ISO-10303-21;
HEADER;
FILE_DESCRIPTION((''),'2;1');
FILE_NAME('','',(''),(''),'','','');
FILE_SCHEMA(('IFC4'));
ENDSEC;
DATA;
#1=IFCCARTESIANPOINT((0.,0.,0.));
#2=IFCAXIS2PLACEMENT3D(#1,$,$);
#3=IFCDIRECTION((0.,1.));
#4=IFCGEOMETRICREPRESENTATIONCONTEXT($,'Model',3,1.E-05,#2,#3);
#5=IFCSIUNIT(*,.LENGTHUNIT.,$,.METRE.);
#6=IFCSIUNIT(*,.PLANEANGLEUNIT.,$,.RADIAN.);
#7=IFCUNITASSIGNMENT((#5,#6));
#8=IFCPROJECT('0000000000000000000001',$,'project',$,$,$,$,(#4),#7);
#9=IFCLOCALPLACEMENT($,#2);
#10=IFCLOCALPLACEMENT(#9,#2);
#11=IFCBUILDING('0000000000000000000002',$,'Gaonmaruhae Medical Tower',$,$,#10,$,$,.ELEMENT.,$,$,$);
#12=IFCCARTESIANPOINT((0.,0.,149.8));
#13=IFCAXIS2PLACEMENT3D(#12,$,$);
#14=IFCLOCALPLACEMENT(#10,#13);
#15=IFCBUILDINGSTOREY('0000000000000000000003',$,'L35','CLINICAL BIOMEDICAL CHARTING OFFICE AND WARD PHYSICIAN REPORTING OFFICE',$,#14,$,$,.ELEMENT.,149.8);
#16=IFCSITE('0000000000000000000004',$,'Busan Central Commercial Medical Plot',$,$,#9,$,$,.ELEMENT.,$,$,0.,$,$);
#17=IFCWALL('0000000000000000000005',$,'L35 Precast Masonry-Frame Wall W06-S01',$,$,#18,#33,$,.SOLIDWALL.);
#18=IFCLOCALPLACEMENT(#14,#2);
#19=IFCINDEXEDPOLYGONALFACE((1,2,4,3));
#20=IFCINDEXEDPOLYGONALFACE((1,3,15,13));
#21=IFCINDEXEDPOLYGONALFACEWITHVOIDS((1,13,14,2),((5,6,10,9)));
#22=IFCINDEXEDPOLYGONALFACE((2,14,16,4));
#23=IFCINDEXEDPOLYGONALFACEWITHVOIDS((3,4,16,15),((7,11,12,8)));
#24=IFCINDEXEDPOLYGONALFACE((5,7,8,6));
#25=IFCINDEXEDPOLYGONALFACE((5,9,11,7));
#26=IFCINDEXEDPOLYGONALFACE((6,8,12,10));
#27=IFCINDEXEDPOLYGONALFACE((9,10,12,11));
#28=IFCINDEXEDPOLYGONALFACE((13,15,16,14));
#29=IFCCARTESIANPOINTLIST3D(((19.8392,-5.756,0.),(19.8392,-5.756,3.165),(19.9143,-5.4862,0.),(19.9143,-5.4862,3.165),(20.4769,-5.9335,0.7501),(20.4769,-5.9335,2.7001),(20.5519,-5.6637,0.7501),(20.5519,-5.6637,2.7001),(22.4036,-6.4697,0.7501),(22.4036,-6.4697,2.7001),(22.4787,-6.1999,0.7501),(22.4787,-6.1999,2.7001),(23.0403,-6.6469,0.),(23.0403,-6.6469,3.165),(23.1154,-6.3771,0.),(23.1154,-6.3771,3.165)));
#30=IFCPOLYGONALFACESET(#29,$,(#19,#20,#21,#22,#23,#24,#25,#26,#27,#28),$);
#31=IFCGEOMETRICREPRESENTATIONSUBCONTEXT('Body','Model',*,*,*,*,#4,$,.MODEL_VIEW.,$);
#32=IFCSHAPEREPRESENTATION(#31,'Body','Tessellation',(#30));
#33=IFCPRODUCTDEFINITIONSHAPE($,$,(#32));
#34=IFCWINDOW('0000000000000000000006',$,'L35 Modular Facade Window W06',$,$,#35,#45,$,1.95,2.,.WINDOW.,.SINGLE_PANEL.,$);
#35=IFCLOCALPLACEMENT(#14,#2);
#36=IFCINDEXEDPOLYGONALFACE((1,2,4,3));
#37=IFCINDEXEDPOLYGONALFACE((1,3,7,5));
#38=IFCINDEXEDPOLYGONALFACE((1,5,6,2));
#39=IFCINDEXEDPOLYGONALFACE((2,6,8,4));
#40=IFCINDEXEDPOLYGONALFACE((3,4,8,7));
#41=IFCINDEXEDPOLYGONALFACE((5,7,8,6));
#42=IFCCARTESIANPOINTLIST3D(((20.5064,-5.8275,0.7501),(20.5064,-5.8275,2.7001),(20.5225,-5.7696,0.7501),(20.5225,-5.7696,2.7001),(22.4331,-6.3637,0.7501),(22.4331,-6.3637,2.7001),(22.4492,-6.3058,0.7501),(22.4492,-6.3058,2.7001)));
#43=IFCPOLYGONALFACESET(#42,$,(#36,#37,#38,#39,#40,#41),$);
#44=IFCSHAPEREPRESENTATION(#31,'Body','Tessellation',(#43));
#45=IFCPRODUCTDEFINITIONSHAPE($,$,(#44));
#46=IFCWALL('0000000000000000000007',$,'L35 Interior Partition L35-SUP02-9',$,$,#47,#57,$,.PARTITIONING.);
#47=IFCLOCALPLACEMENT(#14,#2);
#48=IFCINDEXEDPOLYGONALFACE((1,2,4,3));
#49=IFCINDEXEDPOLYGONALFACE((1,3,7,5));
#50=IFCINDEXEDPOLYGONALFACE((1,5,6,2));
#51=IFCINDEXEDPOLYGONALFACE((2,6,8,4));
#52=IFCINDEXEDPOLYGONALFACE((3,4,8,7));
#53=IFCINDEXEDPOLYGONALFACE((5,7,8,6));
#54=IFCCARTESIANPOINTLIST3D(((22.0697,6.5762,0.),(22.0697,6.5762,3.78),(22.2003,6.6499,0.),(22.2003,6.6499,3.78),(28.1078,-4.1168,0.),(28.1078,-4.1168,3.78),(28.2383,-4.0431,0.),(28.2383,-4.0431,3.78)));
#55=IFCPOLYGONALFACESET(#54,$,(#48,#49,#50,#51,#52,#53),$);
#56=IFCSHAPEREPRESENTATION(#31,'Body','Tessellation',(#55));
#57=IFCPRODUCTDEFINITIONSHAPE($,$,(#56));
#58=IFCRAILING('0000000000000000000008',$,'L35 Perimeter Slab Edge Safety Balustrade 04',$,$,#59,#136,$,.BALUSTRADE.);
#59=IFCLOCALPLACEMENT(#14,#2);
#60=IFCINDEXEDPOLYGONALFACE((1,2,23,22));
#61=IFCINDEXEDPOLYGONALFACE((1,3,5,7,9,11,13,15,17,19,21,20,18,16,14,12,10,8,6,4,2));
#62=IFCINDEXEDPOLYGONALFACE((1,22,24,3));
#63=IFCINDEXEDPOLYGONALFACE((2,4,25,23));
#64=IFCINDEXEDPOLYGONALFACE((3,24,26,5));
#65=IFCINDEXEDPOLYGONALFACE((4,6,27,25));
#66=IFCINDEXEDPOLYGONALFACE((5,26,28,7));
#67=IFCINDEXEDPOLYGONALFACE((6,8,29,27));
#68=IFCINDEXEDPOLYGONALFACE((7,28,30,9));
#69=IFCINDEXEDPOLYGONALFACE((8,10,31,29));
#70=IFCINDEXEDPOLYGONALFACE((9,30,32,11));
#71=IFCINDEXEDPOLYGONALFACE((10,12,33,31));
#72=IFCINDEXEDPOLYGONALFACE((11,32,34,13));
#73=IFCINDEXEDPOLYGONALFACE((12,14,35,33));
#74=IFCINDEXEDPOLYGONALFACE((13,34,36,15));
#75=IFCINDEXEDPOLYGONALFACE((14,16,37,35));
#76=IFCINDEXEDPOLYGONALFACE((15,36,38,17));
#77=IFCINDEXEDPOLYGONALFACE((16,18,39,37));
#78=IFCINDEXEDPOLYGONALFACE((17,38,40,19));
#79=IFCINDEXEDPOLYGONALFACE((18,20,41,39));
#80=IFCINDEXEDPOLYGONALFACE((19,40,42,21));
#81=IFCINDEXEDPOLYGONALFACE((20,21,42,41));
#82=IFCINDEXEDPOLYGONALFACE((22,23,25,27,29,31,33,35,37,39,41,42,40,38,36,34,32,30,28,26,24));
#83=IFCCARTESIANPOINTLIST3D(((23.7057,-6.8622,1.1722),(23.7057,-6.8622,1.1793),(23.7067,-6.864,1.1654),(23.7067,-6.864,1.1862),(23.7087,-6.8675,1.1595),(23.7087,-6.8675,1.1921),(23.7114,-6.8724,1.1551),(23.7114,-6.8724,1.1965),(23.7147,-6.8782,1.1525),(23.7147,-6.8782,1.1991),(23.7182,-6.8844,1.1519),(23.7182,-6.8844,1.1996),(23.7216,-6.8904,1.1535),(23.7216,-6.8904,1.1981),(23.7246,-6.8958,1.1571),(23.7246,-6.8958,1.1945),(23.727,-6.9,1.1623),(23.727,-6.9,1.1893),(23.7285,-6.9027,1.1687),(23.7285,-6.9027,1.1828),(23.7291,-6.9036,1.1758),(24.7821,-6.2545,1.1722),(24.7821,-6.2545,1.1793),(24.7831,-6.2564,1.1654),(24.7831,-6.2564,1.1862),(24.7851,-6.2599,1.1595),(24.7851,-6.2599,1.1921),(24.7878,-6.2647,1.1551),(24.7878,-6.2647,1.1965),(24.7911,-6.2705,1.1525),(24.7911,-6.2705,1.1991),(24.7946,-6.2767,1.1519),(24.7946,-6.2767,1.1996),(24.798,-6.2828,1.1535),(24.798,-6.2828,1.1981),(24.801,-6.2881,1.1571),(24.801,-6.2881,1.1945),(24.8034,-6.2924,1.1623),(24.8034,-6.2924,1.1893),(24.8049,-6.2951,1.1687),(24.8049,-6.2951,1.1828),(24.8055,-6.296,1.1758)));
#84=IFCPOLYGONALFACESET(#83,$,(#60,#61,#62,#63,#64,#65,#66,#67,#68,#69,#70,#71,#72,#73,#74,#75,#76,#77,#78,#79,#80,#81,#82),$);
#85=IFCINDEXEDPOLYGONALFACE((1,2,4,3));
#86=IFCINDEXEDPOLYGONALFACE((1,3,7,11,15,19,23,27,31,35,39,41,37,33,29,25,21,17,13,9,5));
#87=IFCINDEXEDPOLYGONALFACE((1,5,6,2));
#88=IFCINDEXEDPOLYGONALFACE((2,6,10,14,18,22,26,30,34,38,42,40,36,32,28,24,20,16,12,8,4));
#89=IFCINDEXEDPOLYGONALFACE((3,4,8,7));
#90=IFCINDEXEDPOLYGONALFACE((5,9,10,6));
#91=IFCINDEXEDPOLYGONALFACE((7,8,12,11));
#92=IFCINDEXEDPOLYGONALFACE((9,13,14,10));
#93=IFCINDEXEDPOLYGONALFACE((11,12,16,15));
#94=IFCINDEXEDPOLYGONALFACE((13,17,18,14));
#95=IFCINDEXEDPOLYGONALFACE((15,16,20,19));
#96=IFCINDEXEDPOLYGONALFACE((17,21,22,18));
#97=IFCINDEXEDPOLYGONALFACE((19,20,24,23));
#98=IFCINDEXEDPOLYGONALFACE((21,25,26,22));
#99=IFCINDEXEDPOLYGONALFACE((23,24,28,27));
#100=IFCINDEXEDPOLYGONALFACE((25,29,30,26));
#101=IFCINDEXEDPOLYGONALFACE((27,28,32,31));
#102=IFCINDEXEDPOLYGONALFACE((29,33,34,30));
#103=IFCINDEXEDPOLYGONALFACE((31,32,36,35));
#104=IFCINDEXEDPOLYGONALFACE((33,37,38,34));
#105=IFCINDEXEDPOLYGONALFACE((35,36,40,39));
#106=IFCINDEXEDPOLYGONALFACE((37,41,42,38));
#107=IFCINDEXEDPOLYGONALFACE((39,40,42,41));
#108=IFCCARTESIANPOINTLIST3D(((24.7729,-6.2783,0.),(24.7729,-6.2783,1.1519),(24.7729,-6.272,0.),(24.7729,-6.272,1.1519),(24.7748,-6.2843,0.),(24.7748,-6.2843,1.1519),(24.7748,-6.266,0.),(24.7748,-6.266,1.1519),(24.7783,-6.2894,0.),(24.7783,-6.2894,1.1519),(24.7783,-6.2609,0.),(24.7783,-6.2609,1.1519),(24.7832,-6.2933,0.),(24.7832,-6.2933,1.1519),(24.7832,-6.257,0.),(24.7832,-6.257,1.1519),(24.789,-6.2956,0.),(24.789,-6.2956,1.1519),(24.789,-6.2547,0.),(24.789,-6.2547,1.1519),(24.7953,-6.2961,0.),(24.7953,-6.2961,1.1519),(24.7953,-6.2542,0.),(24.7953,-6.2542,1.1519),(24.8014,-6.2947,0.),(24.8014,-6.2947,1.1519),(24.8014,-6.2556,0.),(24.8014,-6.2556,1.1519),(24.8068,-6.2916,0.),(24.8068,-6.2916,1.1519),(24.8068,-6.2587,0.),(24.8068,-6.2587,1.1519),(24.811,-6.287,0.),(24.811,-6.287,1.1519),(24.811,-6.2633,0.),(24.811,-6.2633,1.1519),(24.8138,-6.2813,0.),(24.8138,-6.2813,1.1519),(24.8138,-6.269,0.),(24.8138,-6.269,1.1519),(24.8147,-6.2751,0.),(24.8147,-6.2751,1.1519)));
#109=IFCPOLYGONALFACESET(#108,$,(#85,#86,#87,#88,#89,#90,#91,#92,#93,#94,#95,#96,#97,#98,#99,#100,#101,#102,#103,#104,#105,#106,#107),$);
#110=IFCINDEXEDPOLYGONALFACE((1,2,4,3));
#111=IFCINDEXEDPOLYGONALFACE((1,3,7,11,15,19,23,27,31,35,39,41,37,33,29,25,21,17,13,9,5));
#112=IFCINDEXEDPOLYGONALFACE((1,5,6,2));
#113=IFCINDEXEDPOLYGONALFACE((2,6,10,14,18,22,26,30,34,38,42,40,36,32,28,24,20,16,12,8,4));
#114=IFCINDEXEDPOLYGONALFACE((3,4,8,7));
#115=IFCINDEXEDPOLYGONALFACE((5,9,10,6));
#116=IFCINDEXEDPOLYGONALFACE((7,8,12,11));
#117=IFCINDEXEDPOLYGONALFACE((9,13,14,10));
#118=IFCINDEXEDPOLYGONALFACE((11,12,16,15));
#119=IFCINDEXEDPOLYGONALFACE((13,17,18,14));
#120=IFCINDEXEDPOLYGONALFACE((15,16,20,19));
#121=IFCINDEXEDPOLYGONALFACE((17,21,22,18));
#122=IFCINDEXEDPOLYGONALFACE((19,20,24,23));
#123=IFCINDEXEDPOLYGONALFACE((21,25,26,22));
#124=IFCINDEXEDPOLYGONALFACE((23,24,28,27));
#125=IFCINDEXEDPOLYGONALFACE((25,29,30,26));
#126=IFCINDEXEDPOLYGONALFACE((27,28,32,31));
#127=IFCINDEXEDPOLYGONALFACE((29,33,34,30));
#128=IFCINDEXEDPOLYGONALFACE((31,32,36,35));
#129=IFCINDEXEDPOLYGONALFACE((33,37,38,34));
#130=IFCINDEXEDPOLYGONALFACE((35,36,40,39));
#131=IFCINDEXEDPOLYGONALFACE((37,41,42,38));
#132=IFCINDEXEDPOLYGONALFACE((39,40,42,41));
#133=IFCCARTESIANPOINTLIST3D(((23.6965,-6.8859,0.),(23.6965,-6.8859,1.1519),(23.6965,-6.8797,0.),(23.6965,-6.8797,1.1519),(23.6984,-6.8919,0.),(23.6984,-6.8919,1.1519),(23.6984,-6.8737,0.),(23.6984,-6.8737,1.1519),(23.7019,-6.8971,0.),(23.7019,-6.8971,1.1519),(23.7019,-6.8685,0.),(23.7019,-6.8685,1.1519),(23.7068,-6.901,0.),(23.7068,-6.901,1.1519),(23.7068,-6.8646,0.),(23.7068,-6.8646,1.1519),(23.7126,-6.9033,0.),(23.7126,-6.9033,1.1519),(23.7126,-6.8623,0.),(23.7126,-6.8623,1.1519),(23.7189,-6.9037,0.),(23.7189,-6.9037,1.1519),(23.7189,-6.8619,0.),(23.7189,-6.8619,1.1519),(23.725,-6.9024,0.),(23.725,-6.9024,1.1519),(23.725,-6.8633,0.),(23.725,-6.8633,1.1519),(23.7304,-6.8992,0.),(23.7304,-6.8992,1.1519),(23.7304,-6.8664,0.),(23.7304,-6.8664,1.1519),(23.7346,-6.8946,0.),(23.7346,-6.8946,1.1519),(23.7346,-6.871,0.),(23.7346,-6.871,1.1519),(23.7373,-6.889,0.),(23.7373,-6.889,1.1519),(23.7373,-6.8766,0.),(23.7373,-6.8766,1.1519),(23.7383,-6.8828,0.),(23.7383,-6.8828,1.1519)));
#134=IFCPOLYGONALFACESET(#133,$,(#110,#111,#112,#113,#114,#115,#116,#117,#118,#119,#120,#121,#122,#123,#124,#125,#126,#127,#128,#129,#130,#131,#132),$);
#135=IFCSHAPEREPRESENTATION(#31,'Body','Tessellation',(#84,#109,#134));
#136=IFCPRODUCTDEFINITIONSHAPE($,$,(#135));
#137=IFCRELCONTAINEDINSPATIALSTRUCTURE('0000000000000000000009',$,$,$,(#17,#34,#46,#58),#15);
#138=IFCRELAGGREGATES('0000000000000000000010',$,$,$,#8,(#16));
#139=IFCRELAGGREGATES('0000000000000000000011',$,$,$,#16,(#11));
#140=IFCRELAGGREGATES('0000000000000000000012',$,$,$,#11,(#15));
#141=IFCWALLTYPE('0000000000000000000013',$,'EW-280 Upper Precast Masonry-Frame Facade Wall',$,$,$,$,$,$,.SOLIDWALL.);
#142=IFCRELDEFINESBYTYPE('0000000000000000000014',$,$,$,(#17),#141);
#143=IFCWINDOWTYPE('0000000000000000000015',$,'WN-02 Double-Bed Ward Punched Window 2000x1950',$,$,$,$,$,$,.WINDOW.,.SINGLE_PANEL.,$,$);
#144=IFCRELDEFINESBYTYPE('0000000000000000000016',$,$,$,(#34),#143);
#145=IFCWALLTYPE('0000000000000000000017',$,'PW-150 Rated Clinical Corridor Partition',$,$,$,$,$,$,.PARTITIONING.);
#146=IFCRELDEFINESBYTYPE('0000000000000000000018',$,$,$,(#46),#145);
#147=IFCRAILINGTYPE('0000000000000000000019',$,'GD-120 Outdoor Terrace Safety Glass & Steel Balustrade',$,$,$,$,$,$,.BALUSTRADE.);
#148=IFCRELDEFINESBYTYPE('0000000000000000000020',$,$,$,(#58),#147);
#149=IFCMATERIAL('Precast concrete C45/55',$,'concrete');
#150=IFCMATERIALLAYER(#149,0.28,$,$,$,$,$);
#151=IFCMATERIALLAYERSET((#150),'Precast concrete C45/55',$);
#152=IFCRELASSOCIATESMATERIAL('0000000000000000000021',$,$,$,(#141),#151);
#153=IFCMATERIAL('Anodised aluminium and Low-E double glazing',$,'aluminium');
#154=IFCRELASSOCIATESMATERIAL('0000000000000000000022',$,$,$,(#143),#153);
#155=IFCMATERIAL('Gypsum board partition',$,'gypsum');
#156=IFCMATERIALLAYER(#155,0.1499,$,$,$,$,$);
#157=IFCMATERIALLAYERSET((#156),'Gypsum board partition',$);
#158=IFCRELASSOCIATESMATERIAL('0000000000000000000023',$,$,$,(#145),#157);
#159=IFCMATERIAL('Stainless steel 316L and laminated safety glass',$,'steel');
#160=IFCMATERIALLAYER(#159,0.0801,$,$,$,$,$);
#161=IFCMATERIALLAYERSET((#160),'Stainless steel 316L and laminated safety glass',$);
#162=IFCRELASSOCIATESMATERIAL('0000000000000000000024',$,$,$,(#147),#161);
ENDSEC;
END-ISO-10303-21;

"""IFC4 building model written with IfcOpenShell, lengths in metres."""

from ifc_helpers import new_model, si_unit, direction, frame, frame_2d, origin, origin_2d, place, context, subcontext, project, spatial, rectangle, circle, extrude, material, layer, layer_set, type_object, element, fill, save


model = new_model("IFC4")

# Units and contexts
model_context = context("Model", 3, precision=1e-05, world=origin(), true_north=direction((0.0, 1.0)))
body_context = subcontext(model_context, "Body", "Model", "MODEL_VIEW")
ifc_project = project(units=[si_unit("LENGTHUNIT", "METRE"), si_unit("PLANEANGLEUNIT", "RADIAN")], contexts=[model_context])

# Site, building, storey
site_placement = place(None, origin())
site = spatial("IfcSite", under=ifc_project, at=site_placement, Name="Busan Central Commercial Medical Plot", CompositionType="ELEMENT", RefElevation=0.0)
building_placement = place(site_placement, origin())
building = spatial("IfcBuilding", under=site, at=building_placement, Name="Gaonmaruhae Medical Tower", CompositionType="ELEMENT")
storey_placement = place(building_placement, frame((0.0, 0.0, 149.8)))
storey = spatial("IfcBuildingStorey", under=building, at=storey_placement, Name="L35", Description="CLINICAL BIOMEDICAL CHARTING OFFICE AND WARD PHYSICIAN REPORTING OFFICE", CompositionType="ELEMENT", Elevation=149.8)

# Shared definitions
ifc_material_1 = material(Name="Anodised aluminium and Low-E double glazing", Category="aluminium")

# Wall, opening, window
ifc_material_2 = material(Name="Precast concrete C45/55", Category="concrete")
ifc_layer_1 = layer(ifc_material_2, 0.28)
ifc_layer_set_1 = layer_set([ifc_layer_1], Name="Precast concrete C45/55")
wall_type_1 = type_object("IfcWallType", Name="EW-280 Upper Precast Masonry-Frame Facade Wall", PredefinedType="SOLIDWALL", material=ifc_layer_set_1)
wall_1_placement = place(storey_placement, frame((23.0779, -6.512, 0.0), z_axis=(0.0, 0.0, 1.0), x_axis=(-0.963389, 0.268106, 0.0)))
wall_1 = element("IfcWall", 1, at=wall_1_placement, inside=storey, type_object=wall_type_1, Name="L35 Precast Masonry-Frame Wall W06-S01", PredefinedType="SOLIDWALL", context=body_context, shape_type="SweptSolid", body=[
    extrude(rectangle(XDim=3.3228, YDim=0.28, at=frame_2d((1.6614, 0.0))), origin(), (0.0, 0.0, 1.0), 3.165),
])
opening_placement = place(wall_1_placement, frame((0.6609, 0.0, 0.75)))
opening = element("IfcOpeningElement", 2, at=opening_placement, cuts=wall_1, PredefinedType="OPENING", context=body_context, shape_type="SweptSolid", body=[
    extrude(rectangle(XDim=2.0, YDim=1.95, at=frame_2d((1.0, 0.9751))), frame((0.0, 0.1499, 0.0), z_axis=(0.0, -1.0, 0.0), x_axis=(1.0, 0.0, 0.0)), (0.0, 0.0, 1.0), 0.3),
])
window_type = type_object("IfcWindowType", Name="WN-02 Double-Bed Ward Punched Window 2000x1950", PartitioningType="SINGLE_PANEL", PredefinedType="WINDOW", material=ifc_material_1)
window_placement = place(opening_placement, origin())
window = element("IfcWindow", 3, at=window_placement, inside=storey, type_object=window_type, Name="L35 Modular Facade Window W06", OverallHeight=1.95, OverallWidth=2.0, PartitioningType="SINGLE_PANEL", PredefinedType="WINDOW", context=body_context, shape_type="SweptSolid", body=[
    extrude(rectangle(XDim=2.0, YDim=1.95, at=frame_2d((1.0, 0.9751))), frame((0.0, 0.03, 0.0), z_axis=(0.0, -1.0, 0.0), x_axis=(1.0, 0.0, 0.0)), (0.0, 0.0, 1.0), 0.0601),
])
fill(opening, window)

# Wall
ifc_material_3 = material(Name="Gypsum board partition", Category="gypsum")
ifc_layer_2 = layer(ifc_material_3, 0.1499)
ifc_layer_set_2 = layer_set([ifc_layer_2], Name="Gypsum board partition")
wall_type_2 = type_object("IfcWallType", Name="PW-150 Rated Clinical Corridor Partition", PredefinedType="PARTITIONING", material=ifc_layer_set_2)
wall_2_placement = place(storey_placement, frame((28.1731, -4.0801, 0.0), z_axis=(0.0, 0.0, 1.0), x_axis=(-0.491696, 0.870767, 0.0)))
element("IfcWall", 4, at=wall_2_placement, inside=storey, type_object=wall_type_2, Name="L35 Interior Partition L35-SUP02-9", PredefinedType="PARTITIONING", context=body_context, shape_type="SweptSolid", body=[
    extrude(rectangle(XDim=12.28, YDim=0.1499, at=frame_2d((6.1401, 0.0))), origin(), (0.0, 0.0, 1.0), 3.78),
])

# Railing
ifc_material_4 = material(Name="Stainless steel 316L and laminated safety glass", Category="steel")
ifc_layer_3 = layer(ifc_material_4, 0.0801)
ifc_layer_set_3 = layer_set([ifc_layer_3], Name="Stainless steel 316L and laminated safety glass")
railing_type = type_object("IfcRailingType", Name="GD-120 Outdoor Terrace Safety Glass & Steel Balustrade", PredefinedType="BALUSTRADE", material=ifc_layer_set_3)
railing_1_placement = place(storey_placement, frame((24.7937, -6.2751, 0.0)))
element("IfcRailing", 5, at=railing_1_placement, inside=storey, type_object=railing_type, Name="L35 Perimeter Slab Edge Safety Balustrade 04", PredefinedType="BALUSTRADE", context=body_context, shape_type="SweptSolid", body=[
    extrude(circle(Radius=0.0239, at=origin_2d()), frame((0.0, 0.0, 1.1758), z_axis=(-0.87082, -0.491602, 0.0), x_axis=(0.491602, -0.87082, 0.0)), (0.0, 0.0, 1.0), 1.2361),
    extrude(circle(Radius=0.021, at=origin_2d()), origin(), (0.0, 0.0, 1.0), 1.1519),
    extrude(circle(Radius=0.021, at=origin_2d()), frame((-1.0764, -0.6077, 0.0)), (0.0, 0.0, 1.0), 1.1519),
])

save(model, "model.ifc")
